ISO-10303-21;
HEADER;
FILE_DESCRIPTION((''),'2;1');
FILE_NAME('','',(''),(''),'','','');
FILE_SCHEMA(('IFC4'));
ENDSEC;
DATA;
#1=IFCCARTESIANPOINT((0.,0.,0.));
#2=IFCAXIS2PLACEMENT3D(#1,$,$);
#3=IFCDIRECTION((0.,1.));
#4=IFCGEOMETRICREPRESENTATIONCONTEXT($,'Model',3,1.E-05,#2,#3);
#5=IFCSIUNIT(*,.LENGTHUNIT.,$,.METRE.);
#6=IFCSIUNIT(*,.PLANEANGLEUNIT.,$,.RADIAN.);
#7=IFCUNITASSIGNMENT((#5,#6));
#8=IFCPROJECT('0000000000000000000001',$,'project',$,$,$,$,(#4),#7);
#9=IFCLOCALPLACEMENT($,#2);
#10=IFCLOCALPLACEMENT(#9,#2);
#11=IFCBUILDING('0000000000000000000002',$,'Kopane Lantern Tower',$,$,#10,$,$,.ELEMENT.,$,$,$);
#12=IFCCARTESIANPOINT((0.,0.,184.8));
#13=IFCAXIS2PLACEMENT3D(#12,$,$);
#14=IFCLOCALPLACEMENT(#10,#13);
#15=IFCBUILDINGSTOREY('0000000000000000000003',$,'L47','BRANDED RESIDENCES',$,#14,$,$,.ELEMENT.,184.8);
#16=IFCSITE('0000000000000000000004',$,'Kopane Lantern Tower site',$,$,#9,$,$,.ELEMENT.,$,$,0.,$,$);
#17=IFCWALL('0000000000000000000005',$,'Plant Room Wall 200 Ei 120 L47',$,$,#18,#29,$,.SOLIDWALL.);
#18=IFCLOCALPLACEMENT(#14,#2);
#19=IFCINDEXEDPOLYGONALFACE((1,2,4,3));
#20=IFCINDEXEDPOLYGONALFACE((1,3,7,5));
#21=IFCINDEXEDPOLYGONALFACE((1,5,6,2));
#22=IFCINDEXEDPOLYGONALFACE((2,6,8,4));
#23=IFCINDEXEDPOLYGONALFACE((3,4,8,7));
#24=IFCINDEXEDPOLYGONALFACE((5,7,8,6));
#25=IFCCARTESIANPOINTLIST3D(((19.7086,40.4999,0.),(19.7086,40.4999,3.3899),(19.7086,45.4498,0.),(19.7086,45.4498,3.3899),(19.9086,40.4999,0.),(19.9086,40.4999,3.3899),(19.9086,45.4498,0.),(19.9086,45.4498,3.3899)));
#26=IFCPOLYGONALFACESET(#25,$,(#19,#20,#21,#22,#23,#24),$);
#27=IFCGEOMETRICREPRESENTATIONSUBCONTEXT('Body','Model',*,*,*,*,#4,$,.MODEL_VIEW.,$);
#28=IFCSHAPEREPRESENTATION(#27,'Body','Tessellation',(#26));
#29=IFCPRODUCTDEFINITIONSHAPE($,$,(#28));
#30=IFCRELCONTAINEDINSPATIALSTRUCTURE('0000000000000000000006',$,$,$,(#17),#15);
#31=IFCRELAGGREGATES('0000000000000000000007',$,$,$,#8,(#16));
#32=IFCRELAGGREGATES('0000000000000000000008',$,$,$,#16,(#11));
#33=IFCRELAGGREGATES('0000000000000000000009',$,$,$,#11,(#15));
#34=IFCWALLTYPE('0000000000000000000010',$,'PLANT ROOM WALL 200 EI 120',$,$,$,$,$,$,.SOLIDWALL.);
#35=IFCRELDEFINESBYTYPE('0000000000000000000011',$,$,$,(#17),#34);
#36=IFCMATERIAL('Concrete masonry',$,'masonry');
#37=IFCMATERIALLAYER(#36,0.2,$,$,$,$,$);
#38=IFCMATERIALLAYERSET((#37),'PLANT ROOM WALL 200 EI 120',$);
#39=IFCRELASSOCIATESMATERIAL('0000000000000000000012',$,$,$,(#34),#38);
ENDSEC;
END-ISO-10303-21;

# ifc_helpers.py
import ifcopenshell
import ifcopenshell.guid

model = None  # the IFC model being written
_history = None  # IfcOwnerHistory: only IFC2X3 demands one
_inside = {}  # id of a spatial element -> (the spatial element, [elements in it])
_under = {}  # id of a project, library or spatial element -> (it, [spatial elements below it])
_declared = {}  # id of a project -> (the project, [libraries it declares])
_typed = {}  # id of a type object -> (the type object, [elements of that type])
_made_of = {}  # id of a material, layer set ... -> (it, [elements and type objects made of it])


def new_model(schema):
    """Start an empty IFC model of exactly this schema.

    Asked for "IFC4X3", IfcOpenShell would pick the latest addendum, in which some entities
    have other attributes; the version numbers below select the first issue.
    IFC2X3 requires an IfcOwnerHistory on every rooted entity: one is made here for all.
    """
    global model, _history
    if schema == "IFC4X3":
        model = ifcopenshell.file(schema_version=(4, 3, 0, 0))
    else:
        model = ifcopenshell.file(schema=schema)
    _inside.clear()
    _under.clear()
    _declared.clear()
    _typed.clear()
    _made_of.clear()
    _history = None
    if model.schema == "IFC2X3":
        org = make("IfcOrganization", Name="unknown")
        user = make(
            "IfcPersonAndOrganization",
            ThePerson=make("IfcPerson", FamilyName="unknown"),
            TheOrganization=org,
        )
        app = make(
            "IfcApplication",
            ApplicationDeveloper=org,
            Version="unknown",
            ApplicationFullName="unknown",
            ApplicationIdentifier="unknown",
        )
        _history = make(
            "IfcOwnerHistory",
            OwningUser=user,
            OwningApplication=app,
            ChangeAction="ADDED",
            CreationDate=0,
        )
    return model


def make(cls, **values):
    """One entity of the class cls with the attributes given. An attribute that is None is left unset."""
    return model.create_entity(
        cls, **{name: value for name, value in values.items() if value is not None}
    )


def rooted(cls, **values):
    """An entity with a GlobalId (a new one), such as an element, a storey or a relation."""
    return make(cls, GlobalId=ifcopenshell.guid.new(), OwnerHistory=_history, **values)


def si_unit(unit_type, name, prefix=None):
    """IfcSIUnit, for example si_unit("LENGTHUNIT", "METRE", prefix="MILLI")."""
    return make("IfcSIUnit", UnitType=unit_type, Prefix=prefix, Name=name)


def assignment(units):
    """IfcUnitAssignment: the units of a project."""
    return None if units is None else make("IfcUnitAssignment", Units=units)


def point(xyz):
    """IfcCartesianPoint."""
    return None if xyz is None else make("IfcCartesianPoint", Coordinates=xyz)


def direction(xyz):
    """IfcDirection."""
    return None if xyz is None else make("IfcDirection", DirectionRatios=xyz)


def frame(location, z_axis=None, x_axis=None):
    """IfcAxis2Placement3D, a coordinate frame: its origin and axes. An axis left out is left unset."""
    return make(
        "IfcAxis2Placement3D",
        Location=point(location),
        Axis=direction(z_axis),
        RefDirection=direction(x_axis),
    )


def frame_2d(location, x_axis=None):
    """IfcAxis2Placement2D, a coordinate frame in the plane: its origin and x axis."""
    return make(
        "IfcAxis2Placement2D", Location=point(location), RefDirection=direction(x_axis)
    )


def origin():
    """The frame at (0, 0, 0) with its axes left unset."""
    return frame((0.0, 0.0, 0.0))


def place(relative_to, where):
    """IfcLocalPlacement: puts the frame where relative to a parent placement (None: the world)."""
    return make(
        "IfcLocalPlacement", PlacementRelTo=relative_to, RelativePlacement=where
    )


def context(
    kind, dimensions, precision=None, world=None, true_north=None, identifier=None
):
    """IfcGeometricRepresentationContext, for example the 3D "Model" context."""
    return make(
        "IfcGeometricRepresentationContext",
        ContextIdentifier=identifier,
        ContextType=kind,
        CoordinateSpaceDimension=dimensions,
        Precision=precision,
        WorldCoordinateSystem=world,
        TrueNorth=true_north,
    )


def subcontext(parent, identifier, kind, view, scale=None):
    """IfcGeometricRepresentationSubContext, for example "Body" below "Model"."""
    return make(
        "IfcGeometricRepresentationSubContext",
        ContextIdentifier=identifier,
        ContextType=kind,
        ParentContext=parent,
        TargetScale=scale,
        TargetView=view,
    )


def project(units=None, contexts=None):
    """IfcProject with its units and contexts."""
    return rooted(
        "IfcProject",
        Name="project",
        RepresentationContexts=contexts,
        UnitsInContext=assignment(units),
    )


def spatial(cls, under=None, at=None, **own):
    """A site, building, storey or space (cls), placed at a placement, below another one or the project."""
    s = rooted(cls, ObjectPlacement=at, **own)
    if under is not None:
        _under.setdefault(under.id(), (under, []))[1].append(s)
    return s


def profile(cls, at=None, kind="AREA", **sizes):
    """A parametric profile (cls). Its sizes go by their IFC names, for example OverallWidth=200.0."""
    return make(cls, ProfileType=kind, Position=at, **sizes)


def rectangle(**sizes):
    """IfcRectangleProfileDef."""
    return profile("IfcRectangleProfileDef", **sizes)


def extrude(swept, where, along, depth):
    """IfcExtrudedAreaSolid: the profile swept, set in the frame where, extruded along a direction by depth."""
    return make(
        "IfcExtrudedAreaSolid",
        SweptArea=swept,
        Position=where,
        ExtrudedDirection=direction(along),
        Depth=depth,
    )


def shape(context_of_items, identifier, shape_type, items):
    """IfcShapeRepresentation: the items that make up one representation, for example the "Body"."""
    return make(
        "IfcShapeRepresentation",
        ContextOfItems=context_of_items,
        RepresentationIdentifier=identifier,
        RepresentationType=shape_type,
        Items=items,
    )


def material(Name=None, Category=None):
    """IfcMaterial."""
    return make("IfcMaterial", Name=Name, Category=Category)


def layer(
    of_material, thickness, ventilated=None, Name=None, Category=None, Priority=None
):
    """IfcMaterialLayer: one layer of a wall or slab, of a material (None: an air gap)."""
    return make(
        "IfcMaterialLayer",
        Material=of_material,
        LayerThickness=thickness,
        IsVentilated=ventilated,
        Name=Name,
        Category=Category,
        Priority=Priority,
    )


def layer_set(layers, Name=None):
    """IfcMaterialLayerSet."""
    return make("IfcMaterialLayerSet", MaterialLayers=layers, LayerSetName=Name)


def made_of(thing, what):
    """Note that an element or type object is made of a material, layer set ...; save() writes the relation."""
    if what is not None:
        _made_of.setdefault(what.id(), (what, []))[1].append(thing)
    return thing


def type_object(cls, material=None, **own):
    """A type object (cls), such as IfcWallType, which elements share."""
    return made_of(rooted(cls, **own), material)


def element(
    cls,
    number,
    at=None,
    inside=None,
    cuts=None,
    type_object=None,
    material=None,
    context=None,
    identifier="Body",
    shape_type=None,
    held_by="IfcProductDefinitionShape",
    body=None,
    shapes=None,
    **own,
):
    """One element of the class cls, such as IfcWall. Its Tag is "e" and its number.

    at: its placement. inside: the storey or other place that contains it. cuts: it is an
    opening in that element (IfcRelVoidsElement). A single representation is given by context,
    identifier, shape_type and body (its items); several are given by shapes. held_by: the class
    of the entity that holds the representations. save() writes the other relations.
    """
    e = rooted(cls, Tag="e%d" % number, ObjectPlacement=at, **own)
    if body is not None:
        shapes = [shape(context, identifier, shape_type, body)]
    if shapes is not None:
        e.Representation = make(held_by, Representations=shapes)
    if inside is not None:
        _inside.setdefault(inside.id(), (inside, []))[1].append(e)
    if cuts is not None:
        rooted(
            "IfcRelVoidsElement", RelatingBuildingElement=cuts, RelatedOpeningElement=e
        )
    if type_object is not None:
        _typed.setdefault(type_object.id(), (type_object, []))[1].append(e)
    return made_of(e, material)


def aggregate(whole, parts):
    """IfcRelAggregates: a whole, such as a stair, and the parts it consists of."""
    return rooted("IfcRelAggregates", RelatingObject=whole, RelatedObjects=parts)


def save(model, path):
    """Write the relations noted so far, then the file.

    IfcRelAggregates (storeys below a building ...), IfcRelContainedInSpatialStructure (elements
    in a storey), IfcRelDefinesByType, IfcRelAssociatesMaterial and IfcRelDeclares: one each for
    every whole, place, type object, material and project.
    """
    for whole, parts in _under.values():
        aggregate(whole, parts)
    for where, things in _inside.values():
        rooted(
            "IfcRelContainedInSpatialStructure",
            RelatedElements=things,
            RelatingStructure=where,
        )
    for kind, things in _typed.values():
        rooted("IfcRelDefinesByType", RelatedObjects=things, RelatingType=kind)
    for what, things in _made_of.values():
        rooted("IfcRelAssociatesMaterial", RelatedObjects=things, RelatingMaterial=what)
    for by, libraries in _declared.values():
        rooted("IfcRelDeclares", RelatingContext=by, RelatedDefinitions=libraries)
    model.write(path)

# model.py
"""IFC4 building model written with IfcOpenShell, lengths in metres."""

from ifc_helpers import new_model, si_unit, direction, frame, frame_2d, origin, place, context, subcontext, project, spatial, rectangle, extrude, material, layer, layer_set, type_object, element, save


model = new_model("IFC4")

# Units and contexts
model_context = context("Model", 3, precision=1e-05, world=origin(), true_north=direction((0.0, 1.0)))
body_context = subcontext(model_context, "Body", "Model", "MODEL_VIEW")
ifc_project = project(units=[si_unit("LENGTHUNIT", "METRE"), si_unit("PLANEANGLEUNIT", "RADIAN")], contexts=[model_context])

# Site, building, storey
site_placement = place(None, origin())
site = spatial("IfcSite", under=ifc_project, at=site_placement, Name="Kopane Lantern Tower site", CompositionType="ELEMENT", RefElevation=0.0)
building_placement = place(site_placement, origin())
building = spatial("IfcBuilding", under=site, at=building_placement, Name="Kopane Lantern Tower", CompositionType="ELEMENT")
storey_placement = place(building_placement, frame((0.0, 0.0, 184.8)))
storey = spatial("IfcBuildingStorey", under=building, at=storey_placement, Name="L47", Description="BRANDED RESIDENCES", CompositionType="ELEMENT", Elevation=184.8)

# Wall
ifc_material_1 = material(Name="Concrete masonry", Category="masonry")
ifc_layer_1 = layer(ifc_material_1, 0.2)
ifc_layer_set_1 = layer_set([ifc_layer_1], Name="PLANT ROOM WALL 200 EI 120")
wall_type_1 = type_object("IfcWallType", Name="PLANT ROOM WALL 200 EI 120", PredefinedType="SOLIDWALL", material=ifc_layer_set_1)
wall_1_placement = place(storey_placement, frame((19.8086, 45.45, 0.0), z_axis=(0.0, 0.0, 1.0), x_axis=(0.0, -1.0, 0.0)))
element("IfcWall", 1, at=wall_1_placement, inside=storey, type_object=wall_type_1, Name="Plant Room Wall 200 Ei 120 L47", PredefinedType="SOLIDWALL", context=body_context, shape_type="SweptSolid", body=[
    extrude(rectangle(XDim=4.95, YDim=0.2, at=frame_2d((2.4751, 0.0))), origin(), (0.0, 0.0, 1.0), 3.3899),
])

save(model, "model.ifc")
